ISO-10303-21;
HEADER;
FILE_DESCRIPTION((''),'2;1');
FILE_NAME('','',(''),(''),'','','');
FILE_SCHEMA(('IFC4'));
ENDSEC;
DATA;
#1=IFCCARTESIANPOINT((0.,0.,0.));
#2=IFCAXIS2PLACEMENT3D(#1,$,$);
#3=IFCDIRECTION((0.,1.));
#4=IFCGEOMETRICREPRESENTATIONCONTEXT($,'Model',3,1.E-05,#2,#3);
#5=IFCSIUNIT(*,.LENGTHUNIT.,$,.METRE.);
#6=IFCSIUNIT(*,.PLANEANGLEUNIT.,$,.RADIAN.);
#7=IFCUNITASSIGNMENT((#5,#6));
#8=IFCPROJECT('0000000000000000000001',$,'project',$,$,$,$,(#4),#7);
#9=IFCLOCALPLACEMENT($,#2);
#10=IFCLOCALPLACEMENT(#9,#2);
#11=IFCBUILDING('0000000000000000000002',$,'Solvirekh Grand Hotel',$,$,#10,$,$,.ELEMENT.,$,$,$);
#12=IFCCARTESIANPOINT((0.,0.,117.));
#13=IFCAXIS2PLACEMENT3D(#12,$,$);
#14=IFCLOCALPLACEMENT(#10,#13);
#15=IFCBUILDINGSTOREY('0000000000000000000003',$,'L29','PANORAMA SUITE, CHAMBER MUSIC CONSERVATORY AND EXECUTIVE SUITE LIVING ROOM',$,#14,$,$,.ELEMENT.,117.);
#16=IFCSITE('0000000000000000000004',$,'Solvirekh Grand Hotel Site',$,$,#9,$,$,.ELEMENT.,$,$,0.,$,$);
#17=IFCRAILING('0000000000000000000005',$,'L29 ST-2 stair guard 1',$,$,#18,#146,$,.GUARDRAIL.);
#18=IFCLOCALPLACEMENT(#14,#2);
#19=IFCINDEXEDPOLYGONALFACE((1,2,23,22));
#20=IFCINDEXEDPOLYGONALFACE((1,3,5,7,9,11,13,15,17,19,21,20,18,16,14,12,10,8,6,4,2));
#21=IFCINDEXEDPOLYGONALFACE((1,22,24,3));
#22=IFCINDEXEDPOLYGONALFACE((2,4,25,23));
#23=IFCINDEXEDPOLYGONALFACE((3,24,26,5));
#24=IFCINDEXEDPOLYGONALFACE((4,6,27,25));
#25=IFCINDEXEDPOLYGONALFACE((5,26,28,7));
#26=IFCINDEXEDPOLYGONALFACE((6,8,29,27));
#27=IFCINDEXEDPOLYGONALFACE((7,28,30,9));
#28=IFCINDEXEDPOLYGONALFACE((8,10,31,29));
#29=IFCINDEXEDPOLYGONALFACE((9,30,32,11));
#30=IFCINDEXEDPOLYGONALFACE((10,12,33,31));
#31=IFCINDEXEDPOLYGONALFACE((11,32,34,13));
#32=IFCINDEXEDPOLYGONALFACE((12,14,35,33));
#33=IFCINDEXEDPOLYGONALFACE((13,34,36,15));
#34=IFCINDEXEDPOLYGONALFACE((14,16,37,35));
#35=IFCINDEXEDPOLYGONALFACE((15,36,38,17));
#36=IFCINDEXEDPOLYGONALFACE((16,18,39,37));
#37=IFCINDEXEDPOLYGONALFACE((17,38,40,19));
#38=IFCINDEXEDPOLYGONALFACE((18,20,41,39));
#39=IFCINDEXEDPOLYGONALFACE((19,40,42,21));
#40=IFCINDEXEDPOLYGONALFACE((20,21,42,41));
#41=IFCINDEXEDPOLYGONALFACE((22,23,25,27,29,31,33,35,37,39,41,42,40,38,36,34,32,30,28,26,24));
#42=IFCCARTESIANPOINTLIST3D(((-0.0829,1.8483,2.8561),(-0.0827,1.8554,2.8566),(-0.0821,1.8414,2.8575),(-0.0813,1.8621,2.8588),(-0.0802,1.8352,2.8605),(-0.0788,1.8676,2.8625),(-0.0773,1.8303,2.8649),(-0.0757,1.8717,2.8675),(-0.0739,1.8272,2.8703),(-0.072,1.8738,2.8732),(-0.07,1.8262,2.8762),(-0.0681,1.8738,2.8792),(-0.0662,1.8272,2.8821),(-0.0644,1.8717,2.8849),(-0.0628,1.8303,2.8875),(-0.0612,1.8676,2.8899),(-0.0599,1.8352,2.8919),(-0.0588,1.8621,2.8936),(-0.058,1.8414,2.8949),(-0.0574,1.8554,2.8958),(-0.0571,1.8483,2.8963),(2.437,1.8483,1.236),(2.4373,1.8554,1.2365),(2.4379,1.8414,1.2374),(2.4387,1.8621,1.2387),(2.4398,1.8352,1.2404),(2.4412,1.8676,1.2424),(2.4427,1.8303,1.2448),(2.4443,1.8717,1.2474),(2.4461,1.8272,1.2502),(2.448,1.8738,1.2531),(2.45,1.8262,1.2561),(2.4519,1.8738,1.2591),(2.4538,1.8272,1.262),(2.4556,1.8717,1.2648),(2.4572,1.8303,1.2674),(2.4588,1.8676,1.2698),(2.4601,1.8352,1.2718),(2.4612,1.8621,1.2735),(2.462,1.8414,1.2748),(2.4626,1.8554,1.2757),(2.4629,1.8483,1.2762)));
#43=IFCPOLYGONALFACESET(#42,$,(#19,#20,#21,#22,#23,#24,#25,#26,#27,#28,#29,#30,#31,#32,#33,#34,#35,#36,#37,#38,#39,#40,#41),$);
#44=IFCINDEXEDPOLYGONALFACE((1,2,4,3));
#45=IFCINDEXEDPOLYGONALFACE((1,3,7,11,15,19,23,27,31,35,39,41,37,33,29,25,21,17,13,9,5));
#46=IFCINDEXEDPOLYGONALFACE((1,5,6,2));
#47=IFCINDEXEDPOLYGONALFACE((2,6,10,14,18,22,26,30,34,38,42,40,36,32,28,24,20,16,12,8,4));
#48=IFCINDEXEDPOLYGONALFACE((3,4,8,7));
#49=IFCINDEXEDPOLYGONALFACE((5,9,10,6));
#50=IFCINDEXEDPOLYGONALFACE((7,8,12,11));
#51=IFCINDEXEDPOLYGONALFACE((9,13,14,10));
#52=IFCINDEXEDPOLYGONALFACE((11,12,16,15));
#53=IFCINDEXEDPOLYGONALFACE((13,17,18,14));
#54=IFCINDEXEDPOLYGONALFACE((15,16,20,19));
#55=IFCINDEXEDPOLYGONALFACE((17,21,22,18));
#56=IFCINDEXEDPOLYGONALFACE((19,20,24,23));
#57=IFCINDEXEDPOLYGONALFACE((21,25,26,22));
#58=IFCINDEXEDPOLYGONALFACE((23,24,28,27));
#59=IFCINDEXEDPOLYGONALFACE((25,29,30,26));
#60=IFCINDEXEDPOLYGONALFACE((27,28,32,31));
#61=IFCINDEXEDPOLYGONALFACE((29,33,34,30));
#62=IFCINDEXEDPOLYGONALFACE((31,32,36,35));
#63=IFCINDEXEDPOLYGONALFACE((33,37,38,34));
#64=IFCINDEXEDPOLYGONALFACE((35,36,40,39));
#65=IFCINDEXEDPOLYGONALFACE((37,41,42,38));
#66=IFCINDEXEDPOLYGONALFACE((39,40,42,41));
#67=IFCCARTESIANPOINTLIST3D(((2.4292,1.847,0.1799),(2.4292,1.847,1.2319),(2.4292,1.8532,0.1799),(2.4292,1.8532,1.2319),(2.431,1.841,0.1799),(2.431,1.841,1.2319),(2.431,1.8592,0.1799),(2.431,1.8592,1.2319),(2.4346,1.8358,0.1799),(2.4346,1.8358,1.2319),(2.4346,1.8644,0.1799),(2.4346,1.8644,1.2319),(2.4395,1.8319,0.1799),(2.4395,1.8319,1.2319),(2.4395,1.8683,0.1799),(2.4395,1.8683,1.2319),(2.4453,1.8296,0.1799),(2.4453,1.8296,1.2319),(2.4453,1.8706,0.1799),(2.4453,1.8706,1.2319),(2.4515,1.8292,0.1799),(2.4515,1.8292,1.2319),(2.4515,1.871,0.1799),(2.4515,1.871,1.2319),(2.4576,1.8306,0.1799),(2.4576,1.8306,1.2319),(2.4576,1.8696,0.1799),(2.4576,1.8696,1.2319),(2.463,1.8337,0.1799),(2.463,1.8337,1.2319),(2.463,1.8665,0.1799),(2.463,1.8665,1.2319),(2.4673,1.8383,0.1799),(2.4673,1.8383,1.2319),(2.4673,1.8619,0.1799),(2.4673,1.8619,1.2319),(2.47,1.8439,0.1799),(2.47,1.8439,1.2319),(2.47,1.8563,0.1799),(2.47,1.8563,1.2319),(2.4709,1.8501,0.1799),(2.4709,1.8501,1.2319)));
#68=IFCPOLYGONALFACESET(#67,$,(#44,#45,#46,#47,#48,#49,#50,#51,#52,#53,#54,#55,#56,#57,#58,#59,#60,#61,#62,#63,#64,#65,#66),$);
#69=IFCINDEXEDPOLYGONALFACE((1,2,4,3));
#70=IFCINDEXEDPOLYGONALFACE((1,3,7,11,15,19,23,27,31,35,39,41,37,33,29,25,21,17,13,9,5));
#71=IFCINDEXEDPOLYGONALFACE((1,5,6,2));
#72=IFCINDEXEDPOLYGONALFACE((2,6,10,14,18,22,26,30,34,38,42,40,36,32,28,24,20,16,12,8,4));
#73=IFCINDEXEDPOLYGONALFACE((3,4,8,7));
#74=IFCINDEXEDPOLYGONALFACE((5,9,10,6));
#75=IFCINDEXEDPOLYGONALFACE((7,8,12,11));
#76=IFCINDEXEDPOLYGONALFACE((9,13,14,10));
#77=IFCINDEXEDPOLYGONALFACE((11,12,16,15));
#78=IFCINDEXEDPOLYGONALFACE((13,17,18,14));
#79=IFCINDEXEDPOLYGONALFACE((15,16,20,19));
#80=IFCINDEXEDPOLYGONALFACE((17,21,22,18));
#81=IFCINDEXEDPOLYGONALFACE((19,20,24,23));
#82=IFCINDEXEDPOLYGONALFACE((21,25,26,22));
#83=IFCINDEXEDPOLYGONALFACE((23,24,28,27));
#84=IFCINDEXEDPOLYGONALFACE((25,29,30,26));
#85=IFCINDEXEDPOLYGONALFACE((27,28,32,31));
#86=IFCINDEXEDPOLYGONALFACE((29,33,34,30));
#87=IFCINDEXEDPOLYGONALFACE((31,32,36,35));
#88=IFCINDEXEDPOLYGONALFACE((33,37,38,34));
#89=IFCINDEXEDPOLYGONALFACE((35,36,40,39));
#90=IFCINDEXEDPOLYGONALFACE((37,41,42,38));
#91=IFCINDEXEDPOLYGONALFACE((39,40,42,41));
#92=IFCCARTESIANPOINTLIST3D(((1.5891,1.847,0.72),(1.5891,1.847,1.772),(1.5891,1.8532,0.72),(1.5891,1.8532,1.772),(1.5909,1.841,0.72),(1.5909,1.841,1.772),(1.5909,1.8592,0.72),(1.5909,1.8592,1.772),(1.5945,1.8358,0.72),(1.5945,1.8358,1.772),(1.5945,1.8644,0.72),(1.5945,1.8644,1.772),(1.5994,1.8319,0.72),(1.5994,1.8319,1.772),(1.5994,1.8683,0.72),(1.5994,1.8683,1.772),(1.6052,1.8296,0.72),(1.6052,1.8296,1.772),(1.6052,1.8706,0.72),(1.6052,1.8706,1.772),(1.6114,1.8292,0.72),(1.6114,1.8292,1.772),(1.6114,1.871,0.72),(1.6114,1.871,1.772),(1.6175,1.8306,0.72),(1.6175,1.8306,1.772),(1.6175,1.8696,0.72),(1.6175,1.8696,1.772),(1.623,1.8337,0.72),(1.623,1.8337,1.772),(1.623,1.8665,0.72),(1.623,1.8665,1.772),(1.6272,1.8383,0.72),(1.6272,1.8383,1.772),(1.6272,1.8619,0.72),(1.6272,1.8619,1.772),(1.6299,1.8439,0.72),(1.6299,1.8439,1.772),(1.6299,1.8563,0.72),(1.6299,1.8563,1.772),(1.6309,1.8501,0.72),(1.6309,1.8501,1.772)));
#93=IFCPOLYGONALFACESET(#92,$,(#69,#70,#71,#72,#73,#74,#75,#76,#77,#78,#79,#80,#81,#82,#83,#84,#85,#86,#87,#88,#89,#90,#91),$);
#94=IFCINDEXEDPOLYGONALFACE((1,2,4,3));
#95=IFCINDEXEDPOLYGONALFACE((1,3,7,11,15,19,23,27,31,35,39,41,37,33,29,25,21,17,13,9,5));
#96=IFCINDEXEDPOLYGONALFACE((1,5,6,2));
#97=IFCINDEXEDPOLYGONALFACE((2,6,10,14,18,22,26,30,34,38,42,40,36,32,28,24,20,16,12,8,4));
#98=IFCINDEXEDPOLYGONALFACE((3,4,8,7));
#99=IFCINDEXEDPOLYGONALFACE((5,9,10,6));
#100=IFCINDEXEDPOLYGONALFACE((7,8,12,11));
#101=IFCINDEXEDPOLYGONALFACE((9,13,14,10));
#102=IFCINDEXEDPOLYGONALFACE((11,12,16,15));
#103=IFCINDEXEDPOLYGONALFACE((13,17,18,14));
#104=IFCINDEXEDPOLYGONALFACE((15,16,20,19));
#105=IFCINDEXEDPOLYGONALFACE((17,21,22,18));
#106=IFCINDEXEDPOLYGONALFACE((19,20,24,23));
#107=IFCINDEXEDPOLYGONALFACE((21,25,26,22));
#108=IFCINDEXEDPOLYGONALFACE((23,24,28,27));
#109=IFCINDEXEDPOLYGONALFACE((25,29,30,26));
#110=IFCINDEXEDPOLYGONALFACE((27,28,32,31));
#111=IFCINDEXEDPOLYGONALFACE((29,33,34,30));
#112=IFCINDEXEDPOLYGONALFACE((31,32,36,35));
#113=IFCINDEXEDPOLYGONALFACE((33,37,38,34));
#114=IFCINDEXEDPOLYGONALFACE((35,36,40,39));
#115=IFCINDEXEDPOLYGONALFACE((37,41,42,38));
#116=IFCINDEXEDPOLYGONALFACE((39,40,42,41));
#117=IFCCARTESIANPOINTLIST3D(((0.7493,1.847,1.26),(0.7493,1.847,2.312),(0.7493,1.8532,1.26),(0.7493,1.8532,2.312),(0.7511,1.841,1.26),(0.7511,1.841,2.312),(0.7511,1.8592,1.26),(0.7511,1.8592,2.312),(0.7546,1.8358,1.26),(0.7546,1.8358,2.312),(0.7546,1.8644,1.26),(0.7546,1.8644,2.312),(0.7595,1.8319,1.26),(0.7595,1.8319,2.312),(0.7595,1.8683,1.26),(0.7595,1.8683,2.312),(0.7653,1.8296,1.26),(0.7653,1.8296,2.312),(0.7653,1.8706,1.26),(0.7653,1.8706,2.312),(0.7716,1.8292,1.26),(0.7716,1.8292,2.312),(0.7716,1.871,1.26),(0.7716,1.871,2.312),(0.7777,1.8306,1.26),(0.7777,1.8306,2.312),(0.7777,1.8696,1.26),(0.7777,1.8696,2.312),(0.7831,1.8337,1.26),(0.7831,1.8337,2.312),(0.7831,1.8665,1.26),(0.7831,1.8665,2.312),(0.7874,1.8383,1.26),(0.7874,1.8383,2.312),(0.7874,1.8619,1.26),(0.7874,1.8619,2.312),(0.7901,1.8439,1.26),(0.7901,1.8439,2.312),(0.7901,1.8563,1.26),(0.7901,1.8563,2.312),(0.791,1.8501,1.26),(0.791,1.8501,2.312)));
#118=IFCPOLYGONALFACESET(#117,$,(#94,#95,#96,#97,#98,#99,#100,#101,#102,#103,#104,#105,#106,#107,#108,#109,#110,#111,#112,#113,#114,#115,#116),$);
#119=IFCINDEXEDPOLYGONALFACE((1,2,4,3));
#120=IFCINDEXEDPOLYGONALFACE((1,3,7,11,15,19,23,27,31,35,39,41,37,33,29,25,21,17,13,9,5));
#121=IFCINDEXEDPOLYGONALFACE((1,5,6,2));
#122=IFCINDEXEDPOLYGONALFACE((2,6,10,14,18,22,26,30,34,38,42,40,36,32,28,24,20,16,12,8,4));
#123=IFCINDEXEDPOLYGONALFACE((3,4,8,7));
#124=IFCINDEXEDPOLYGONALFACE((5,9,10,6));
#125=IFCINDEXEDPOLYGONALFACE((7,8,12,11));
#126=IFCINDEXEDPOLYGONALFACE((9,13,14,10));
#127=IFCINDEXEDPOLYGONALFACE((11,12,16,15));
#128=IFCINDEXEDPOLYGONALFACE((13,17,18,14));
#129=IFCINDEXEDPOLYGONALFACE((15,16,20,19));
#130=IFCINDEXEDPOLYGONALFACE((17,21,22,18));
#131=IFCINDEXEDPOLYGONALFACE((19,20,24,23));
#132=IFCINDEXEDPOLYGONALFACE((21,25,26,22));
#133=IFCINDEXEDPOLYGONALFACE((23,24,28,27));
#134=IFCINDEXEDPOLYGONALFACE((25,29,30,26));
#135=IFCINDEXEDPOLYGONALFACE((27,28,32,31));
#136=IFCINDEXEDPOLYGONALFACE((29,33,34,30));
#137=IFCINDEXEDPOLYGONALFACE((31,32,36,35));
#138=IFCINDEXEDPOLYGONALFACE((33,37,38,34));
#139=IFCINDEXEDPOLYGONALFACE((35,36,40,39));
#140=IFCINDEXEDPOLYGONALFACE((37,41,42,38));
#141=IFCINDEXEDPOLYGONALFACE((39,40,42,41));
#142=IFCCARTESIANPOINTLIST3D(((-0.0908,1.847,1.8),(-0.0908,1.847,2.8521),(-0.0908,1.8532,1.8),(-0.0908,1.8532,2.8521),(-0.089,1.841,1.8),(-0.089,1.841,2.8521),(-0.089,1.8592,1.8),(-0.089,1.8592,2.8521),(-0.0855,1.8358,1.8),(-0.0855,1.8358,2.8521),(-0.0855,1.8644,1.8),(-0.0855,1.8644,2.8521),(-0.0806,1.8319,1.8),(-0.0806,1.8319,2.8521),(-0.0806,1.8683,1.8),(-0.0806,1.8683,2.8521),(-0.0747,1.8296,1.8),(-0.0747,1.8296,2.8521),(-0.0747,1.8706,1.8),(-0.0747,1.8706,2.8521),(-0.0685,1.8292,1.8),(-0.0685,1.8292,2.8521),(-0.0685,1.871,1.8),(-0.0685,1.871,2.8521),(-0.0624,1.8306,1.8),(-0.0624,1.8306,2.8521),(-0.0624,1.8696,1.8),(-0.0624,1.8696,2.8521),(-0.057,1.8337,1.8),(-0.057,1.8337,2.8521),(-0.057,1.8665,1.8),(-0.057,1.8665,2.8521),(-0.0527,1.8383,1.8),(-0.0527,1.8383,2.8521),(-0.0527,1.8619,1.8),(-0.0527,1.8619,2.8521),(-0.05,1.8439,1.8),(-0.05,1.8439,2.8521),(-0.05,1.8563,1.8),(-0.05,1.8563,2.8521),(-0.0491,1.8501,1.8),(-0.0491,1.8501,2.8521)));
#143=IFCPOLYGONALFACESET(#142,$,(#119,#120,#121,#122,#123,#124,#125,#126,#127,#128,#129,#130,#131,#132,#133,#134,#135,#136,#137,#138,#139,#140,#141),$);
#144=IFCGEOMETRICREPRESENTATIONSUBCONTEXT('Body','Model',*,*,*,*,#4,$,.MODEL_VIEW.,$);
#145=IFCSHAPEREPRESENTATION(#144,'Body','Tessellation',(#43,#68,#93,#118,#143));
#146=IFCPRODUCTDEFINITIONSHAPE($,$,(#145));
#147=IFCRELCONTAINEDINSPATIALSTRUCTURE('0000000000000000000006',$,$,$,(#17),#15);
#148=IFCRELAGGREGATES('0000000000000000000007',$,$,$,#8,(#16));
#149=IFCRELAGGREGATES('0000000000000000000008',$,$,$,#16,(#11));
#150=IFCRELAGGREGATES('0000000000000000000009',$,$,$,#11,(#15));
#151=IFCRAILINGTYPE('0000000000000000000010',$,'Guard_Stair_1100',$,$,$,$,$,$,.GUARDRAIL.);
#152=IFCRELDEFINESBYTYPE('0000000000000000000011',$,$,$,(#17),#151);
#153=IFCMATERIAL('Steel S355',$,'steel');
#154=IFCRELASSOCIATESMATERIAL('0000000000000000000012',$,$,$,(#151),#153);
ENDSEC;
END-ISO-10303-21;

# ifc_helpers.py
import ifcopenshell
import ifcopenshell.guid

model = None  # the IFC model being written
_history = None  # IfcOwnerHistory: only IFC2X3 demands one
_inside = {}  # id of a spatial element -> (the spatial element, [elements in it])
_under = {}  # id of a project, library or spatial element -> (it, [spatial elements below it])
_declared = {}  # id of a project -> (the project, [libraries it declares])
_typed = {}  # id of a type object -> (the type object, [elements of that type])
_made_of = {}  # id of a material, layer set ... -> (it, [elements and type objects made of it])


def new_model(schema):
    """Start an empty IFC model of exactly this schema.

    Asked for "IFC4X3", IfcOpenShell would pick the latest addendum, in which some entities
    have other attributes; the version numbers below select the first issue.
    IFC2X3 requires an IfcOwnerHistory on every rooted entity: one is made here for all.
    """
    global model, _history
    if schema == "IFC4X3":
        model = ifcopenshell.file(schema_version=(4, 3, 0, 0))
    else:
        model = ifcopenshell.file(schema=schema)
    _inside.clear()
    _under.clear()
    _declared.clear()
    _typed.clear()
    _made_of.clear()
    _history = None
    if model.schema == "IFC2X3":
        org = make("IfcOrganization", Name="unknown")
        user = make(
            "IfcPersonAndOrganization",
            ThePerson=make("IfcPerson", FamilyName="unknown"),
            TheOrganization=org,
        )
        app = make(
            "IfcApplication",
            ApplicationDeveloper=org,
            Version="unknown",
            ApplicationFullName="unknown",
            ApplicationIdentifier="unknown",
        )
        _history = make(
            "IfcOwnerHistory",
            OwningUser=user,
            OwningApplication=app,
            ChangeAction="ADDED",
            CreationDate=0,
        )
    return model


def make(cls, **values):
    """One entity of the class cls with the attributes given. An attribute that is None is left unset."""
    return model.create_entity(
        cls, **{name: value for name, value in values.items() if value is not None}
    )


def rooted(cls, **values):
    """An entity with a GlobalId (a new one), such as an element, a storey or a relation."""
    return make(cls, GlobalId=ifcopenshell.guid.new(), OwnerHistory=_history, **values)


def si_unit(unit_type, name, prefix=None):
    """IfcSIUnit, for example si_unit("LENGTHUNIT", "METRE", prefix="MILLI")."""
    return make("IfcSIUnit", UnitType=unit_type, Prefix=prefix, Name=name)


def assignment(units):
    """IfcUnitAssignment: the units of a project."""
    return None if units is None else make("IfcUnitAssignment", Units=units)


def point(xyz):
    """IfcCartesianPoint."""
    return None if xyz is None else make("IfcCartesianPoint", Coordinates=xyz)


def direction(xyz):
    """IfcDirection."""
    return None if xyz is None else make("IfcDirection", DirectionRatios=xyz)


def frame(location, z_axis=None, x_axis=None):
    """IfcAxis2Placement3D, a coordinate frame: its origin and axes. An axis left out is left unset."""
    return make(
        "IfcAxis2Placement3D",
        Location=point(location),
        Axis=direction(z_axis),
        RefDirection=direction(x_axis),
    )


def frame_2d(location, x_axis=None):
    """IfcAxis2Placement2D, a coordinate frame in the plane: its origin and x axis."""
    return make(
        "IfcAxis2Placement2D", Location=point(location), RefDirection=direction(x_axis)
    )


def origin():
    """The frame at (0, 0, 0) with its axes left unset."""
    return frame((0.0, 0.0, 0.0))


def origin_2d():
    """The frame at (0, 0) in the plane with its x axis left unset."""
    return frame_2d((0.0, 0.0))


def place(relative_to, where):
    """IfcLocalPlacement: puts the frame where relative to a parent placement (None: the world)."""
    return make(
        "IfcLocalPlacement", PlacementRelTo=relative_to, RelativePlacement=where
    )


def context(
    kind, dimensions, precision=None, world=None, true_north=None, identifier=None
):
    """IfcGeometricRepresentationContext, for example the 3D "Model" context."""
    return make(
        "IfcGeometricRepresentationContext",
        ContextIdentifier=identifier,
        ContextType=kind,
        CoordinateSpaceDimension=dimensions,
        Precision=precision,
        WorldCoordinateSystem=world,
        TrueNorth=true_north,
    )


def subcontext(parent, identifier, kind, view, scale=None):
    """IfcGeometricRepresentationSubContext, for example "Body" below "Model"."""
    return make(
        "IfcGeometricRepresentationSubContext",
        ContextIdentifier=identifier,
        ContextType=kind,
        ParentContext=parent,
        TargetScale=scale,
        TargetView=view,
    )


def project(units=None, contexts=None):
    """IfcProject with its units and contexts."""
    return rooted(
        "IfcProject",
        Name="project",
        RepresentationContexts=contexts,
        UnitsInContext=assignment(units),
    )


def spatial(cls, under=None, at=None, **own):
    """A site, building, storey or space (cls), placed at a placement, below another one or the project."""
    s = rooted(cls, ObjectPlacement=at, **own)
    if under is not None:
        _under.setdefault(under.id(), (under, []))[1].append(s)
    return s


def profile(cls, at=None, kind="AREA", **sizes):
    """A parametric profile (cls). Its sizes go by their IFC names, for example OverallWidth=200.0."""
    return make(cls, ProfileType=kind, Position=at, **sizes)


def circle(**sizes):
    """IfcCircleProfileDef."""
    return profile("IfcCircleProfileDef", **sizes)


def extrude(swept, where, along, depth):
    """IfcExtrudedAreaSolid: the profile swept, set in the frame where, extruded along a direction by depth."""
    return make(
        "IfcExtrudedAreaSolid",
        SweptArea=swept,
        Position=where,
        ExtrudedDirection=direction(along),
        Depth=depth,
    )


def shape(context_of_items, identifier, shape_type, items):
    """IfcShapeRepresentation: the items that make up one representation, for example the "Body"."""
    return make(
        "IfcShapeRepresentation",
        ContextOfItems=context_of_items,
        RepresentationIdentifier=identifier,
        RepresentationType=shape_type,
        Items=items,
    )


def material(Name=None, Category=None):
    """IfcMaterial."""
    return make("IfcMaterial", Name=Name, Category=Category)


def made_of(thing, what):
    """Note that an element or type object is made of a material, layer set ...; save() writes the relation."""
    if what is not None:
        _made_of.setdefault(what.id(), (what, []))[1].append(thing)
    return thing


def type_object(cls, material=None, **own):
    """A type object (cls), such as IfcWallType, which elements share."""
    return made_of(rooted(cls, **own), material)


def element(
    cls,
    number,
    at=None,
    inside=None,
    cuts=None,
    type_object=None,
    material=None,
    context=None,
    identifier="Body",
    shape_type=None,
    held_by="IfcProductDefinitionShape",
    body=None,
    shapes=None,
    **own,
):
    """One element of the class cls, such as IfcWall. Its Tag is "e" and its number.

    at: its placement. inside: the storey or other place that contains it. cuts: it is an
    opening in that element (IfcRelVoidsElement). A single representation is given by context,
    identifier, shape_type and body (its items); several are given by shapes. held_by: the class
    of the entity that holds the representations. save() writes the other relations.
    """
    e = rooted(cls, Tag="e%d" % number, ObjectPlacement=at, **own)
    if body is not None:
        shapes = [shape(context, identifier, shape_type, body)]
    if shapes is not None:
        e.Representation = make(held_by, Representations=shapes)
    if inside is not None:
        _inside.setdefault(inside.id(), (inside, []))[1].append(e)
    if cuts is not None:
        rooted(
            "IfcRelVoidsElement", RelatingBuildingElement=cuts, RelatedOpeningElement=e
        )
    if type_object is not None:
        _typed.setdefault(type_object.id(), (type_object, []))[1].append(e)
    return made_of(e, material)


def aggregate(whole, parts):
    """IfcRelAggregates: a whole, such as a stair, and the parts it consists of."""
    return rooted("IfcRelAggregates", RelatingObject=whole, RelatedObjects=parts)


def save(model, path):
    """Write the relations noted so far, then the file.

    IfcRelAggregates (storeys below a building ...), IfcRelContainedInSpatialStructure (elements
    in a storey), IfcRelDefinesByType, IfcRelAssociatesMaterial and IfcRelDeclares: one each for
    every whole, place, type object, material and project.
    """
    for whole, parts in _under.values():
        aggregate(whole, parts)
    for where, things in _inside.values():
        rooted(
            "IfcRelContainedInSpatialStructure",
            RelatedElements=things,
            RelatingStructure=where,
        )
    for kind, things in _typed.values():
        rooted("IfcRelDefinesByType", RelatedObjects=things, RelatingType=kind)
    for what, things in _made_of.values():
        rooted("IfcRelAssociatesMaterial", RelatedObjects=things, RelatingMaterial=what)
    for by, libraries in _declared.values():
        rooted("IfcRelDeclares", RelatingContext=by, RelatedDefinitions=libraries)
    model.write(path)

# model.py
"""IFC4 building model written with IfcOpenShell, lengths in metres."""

from ifc_helpers import new_model, si_unit, direction, frame, origin, origin_2d, place, context, subcontext, project, spatial, circle, extrude, material, type_object, element, save


model = new_model("IFC4")

# Units and contexts
model_context = context("Model", 3, precision=1e-05, world=origin(), true_north=direction((0.0, 1.0)))
body_context = subcontext(model_context, "Body", "Model", "MODEL_VIEW")
ifc_project = project(units=[si_unit("LENGTHUNIT", "METRE"), si_unit("PLANEANGLEUNIT", "RADIAN")], contexts=[model_context])

# Site, building, storey
site_placement = place(None, origin())
site = spatial("IfcSite", under=ifc_project, at=site_placement, Name="Solvirekh Grand Hotel Site", CompositionType="ELEMENT", RefElevation=0.0)
building_placement = place(site_placement, origin())
building = spatial("IfcBuilding", under=site, at=building_placement, Name="Solvirekh Grand Hotel", CompositionType="ELEMENT")
storey_placement = place(building_placement, frame((0.0, 0.0, 117.0)))
storey = spatial("IfcBuildingStorey", under=building, at=storey_placement, Name="L29", Description="PANORAMA SUITE, CHAMBER MUSIC CONSERVATORY AND EXECUTIVE SUITE LIVING ROOM", CompositionType="ELEMENT", Elevation=117.0)

# Shared definitions
ifc_material_1 = material(Name="Steel S355", Category="steel")

# Railing
railing_type_1 = type_object("IfcRailingType", Name="Guard_Stair_1100", PredefinedType="GUARDRAIL", material=ifc_material_1)
railing_1_placement = place(storey_placement, frame((2.45, 1.8501, 0.1799)))
element("IfcRailing", 1, at=railing_1_placement, inside=storey, type_object=railing_type_1, Name="L29 ST-2 stair guard 1", PredefinedType="GUARDRAIL", context=body_context, shape_type="SweptSolid", body=[
    extrude(circle(Radius=0.0239, at=origin_2d()), frame((0.0, 0.0, 1.0762), z_axis=(-0.841163, 0.0, 0.540782), x_axis=(0.0, -1.0, 0.0)), (0.0, 0.0, 1.0), 2.9958),
    extrude(circle(Radius=0.021, at=origin_2d()), origin(), (0.0, 0.0, 1.0), 1.052),
    extrude(circle(Radius=0.021, at=origin_2d()), frame((-0.8401, 0.0, 0.54)), (0.0, 0.0, 1.0), 1.052),
    extrude(circle(Radius=0.021, at=origin_2d()), frame((-1.6799, 0.0, 1.0801)), (0.0, 0.0, 1.0), 1.052),
    extrude(circle(Radius=0.021, at=origin_2d()), frame((-2.52, 0.0, 1.6201)), (0.0, 0.0, 1.0), 1.052),
])

save(model, "model.ifc")
